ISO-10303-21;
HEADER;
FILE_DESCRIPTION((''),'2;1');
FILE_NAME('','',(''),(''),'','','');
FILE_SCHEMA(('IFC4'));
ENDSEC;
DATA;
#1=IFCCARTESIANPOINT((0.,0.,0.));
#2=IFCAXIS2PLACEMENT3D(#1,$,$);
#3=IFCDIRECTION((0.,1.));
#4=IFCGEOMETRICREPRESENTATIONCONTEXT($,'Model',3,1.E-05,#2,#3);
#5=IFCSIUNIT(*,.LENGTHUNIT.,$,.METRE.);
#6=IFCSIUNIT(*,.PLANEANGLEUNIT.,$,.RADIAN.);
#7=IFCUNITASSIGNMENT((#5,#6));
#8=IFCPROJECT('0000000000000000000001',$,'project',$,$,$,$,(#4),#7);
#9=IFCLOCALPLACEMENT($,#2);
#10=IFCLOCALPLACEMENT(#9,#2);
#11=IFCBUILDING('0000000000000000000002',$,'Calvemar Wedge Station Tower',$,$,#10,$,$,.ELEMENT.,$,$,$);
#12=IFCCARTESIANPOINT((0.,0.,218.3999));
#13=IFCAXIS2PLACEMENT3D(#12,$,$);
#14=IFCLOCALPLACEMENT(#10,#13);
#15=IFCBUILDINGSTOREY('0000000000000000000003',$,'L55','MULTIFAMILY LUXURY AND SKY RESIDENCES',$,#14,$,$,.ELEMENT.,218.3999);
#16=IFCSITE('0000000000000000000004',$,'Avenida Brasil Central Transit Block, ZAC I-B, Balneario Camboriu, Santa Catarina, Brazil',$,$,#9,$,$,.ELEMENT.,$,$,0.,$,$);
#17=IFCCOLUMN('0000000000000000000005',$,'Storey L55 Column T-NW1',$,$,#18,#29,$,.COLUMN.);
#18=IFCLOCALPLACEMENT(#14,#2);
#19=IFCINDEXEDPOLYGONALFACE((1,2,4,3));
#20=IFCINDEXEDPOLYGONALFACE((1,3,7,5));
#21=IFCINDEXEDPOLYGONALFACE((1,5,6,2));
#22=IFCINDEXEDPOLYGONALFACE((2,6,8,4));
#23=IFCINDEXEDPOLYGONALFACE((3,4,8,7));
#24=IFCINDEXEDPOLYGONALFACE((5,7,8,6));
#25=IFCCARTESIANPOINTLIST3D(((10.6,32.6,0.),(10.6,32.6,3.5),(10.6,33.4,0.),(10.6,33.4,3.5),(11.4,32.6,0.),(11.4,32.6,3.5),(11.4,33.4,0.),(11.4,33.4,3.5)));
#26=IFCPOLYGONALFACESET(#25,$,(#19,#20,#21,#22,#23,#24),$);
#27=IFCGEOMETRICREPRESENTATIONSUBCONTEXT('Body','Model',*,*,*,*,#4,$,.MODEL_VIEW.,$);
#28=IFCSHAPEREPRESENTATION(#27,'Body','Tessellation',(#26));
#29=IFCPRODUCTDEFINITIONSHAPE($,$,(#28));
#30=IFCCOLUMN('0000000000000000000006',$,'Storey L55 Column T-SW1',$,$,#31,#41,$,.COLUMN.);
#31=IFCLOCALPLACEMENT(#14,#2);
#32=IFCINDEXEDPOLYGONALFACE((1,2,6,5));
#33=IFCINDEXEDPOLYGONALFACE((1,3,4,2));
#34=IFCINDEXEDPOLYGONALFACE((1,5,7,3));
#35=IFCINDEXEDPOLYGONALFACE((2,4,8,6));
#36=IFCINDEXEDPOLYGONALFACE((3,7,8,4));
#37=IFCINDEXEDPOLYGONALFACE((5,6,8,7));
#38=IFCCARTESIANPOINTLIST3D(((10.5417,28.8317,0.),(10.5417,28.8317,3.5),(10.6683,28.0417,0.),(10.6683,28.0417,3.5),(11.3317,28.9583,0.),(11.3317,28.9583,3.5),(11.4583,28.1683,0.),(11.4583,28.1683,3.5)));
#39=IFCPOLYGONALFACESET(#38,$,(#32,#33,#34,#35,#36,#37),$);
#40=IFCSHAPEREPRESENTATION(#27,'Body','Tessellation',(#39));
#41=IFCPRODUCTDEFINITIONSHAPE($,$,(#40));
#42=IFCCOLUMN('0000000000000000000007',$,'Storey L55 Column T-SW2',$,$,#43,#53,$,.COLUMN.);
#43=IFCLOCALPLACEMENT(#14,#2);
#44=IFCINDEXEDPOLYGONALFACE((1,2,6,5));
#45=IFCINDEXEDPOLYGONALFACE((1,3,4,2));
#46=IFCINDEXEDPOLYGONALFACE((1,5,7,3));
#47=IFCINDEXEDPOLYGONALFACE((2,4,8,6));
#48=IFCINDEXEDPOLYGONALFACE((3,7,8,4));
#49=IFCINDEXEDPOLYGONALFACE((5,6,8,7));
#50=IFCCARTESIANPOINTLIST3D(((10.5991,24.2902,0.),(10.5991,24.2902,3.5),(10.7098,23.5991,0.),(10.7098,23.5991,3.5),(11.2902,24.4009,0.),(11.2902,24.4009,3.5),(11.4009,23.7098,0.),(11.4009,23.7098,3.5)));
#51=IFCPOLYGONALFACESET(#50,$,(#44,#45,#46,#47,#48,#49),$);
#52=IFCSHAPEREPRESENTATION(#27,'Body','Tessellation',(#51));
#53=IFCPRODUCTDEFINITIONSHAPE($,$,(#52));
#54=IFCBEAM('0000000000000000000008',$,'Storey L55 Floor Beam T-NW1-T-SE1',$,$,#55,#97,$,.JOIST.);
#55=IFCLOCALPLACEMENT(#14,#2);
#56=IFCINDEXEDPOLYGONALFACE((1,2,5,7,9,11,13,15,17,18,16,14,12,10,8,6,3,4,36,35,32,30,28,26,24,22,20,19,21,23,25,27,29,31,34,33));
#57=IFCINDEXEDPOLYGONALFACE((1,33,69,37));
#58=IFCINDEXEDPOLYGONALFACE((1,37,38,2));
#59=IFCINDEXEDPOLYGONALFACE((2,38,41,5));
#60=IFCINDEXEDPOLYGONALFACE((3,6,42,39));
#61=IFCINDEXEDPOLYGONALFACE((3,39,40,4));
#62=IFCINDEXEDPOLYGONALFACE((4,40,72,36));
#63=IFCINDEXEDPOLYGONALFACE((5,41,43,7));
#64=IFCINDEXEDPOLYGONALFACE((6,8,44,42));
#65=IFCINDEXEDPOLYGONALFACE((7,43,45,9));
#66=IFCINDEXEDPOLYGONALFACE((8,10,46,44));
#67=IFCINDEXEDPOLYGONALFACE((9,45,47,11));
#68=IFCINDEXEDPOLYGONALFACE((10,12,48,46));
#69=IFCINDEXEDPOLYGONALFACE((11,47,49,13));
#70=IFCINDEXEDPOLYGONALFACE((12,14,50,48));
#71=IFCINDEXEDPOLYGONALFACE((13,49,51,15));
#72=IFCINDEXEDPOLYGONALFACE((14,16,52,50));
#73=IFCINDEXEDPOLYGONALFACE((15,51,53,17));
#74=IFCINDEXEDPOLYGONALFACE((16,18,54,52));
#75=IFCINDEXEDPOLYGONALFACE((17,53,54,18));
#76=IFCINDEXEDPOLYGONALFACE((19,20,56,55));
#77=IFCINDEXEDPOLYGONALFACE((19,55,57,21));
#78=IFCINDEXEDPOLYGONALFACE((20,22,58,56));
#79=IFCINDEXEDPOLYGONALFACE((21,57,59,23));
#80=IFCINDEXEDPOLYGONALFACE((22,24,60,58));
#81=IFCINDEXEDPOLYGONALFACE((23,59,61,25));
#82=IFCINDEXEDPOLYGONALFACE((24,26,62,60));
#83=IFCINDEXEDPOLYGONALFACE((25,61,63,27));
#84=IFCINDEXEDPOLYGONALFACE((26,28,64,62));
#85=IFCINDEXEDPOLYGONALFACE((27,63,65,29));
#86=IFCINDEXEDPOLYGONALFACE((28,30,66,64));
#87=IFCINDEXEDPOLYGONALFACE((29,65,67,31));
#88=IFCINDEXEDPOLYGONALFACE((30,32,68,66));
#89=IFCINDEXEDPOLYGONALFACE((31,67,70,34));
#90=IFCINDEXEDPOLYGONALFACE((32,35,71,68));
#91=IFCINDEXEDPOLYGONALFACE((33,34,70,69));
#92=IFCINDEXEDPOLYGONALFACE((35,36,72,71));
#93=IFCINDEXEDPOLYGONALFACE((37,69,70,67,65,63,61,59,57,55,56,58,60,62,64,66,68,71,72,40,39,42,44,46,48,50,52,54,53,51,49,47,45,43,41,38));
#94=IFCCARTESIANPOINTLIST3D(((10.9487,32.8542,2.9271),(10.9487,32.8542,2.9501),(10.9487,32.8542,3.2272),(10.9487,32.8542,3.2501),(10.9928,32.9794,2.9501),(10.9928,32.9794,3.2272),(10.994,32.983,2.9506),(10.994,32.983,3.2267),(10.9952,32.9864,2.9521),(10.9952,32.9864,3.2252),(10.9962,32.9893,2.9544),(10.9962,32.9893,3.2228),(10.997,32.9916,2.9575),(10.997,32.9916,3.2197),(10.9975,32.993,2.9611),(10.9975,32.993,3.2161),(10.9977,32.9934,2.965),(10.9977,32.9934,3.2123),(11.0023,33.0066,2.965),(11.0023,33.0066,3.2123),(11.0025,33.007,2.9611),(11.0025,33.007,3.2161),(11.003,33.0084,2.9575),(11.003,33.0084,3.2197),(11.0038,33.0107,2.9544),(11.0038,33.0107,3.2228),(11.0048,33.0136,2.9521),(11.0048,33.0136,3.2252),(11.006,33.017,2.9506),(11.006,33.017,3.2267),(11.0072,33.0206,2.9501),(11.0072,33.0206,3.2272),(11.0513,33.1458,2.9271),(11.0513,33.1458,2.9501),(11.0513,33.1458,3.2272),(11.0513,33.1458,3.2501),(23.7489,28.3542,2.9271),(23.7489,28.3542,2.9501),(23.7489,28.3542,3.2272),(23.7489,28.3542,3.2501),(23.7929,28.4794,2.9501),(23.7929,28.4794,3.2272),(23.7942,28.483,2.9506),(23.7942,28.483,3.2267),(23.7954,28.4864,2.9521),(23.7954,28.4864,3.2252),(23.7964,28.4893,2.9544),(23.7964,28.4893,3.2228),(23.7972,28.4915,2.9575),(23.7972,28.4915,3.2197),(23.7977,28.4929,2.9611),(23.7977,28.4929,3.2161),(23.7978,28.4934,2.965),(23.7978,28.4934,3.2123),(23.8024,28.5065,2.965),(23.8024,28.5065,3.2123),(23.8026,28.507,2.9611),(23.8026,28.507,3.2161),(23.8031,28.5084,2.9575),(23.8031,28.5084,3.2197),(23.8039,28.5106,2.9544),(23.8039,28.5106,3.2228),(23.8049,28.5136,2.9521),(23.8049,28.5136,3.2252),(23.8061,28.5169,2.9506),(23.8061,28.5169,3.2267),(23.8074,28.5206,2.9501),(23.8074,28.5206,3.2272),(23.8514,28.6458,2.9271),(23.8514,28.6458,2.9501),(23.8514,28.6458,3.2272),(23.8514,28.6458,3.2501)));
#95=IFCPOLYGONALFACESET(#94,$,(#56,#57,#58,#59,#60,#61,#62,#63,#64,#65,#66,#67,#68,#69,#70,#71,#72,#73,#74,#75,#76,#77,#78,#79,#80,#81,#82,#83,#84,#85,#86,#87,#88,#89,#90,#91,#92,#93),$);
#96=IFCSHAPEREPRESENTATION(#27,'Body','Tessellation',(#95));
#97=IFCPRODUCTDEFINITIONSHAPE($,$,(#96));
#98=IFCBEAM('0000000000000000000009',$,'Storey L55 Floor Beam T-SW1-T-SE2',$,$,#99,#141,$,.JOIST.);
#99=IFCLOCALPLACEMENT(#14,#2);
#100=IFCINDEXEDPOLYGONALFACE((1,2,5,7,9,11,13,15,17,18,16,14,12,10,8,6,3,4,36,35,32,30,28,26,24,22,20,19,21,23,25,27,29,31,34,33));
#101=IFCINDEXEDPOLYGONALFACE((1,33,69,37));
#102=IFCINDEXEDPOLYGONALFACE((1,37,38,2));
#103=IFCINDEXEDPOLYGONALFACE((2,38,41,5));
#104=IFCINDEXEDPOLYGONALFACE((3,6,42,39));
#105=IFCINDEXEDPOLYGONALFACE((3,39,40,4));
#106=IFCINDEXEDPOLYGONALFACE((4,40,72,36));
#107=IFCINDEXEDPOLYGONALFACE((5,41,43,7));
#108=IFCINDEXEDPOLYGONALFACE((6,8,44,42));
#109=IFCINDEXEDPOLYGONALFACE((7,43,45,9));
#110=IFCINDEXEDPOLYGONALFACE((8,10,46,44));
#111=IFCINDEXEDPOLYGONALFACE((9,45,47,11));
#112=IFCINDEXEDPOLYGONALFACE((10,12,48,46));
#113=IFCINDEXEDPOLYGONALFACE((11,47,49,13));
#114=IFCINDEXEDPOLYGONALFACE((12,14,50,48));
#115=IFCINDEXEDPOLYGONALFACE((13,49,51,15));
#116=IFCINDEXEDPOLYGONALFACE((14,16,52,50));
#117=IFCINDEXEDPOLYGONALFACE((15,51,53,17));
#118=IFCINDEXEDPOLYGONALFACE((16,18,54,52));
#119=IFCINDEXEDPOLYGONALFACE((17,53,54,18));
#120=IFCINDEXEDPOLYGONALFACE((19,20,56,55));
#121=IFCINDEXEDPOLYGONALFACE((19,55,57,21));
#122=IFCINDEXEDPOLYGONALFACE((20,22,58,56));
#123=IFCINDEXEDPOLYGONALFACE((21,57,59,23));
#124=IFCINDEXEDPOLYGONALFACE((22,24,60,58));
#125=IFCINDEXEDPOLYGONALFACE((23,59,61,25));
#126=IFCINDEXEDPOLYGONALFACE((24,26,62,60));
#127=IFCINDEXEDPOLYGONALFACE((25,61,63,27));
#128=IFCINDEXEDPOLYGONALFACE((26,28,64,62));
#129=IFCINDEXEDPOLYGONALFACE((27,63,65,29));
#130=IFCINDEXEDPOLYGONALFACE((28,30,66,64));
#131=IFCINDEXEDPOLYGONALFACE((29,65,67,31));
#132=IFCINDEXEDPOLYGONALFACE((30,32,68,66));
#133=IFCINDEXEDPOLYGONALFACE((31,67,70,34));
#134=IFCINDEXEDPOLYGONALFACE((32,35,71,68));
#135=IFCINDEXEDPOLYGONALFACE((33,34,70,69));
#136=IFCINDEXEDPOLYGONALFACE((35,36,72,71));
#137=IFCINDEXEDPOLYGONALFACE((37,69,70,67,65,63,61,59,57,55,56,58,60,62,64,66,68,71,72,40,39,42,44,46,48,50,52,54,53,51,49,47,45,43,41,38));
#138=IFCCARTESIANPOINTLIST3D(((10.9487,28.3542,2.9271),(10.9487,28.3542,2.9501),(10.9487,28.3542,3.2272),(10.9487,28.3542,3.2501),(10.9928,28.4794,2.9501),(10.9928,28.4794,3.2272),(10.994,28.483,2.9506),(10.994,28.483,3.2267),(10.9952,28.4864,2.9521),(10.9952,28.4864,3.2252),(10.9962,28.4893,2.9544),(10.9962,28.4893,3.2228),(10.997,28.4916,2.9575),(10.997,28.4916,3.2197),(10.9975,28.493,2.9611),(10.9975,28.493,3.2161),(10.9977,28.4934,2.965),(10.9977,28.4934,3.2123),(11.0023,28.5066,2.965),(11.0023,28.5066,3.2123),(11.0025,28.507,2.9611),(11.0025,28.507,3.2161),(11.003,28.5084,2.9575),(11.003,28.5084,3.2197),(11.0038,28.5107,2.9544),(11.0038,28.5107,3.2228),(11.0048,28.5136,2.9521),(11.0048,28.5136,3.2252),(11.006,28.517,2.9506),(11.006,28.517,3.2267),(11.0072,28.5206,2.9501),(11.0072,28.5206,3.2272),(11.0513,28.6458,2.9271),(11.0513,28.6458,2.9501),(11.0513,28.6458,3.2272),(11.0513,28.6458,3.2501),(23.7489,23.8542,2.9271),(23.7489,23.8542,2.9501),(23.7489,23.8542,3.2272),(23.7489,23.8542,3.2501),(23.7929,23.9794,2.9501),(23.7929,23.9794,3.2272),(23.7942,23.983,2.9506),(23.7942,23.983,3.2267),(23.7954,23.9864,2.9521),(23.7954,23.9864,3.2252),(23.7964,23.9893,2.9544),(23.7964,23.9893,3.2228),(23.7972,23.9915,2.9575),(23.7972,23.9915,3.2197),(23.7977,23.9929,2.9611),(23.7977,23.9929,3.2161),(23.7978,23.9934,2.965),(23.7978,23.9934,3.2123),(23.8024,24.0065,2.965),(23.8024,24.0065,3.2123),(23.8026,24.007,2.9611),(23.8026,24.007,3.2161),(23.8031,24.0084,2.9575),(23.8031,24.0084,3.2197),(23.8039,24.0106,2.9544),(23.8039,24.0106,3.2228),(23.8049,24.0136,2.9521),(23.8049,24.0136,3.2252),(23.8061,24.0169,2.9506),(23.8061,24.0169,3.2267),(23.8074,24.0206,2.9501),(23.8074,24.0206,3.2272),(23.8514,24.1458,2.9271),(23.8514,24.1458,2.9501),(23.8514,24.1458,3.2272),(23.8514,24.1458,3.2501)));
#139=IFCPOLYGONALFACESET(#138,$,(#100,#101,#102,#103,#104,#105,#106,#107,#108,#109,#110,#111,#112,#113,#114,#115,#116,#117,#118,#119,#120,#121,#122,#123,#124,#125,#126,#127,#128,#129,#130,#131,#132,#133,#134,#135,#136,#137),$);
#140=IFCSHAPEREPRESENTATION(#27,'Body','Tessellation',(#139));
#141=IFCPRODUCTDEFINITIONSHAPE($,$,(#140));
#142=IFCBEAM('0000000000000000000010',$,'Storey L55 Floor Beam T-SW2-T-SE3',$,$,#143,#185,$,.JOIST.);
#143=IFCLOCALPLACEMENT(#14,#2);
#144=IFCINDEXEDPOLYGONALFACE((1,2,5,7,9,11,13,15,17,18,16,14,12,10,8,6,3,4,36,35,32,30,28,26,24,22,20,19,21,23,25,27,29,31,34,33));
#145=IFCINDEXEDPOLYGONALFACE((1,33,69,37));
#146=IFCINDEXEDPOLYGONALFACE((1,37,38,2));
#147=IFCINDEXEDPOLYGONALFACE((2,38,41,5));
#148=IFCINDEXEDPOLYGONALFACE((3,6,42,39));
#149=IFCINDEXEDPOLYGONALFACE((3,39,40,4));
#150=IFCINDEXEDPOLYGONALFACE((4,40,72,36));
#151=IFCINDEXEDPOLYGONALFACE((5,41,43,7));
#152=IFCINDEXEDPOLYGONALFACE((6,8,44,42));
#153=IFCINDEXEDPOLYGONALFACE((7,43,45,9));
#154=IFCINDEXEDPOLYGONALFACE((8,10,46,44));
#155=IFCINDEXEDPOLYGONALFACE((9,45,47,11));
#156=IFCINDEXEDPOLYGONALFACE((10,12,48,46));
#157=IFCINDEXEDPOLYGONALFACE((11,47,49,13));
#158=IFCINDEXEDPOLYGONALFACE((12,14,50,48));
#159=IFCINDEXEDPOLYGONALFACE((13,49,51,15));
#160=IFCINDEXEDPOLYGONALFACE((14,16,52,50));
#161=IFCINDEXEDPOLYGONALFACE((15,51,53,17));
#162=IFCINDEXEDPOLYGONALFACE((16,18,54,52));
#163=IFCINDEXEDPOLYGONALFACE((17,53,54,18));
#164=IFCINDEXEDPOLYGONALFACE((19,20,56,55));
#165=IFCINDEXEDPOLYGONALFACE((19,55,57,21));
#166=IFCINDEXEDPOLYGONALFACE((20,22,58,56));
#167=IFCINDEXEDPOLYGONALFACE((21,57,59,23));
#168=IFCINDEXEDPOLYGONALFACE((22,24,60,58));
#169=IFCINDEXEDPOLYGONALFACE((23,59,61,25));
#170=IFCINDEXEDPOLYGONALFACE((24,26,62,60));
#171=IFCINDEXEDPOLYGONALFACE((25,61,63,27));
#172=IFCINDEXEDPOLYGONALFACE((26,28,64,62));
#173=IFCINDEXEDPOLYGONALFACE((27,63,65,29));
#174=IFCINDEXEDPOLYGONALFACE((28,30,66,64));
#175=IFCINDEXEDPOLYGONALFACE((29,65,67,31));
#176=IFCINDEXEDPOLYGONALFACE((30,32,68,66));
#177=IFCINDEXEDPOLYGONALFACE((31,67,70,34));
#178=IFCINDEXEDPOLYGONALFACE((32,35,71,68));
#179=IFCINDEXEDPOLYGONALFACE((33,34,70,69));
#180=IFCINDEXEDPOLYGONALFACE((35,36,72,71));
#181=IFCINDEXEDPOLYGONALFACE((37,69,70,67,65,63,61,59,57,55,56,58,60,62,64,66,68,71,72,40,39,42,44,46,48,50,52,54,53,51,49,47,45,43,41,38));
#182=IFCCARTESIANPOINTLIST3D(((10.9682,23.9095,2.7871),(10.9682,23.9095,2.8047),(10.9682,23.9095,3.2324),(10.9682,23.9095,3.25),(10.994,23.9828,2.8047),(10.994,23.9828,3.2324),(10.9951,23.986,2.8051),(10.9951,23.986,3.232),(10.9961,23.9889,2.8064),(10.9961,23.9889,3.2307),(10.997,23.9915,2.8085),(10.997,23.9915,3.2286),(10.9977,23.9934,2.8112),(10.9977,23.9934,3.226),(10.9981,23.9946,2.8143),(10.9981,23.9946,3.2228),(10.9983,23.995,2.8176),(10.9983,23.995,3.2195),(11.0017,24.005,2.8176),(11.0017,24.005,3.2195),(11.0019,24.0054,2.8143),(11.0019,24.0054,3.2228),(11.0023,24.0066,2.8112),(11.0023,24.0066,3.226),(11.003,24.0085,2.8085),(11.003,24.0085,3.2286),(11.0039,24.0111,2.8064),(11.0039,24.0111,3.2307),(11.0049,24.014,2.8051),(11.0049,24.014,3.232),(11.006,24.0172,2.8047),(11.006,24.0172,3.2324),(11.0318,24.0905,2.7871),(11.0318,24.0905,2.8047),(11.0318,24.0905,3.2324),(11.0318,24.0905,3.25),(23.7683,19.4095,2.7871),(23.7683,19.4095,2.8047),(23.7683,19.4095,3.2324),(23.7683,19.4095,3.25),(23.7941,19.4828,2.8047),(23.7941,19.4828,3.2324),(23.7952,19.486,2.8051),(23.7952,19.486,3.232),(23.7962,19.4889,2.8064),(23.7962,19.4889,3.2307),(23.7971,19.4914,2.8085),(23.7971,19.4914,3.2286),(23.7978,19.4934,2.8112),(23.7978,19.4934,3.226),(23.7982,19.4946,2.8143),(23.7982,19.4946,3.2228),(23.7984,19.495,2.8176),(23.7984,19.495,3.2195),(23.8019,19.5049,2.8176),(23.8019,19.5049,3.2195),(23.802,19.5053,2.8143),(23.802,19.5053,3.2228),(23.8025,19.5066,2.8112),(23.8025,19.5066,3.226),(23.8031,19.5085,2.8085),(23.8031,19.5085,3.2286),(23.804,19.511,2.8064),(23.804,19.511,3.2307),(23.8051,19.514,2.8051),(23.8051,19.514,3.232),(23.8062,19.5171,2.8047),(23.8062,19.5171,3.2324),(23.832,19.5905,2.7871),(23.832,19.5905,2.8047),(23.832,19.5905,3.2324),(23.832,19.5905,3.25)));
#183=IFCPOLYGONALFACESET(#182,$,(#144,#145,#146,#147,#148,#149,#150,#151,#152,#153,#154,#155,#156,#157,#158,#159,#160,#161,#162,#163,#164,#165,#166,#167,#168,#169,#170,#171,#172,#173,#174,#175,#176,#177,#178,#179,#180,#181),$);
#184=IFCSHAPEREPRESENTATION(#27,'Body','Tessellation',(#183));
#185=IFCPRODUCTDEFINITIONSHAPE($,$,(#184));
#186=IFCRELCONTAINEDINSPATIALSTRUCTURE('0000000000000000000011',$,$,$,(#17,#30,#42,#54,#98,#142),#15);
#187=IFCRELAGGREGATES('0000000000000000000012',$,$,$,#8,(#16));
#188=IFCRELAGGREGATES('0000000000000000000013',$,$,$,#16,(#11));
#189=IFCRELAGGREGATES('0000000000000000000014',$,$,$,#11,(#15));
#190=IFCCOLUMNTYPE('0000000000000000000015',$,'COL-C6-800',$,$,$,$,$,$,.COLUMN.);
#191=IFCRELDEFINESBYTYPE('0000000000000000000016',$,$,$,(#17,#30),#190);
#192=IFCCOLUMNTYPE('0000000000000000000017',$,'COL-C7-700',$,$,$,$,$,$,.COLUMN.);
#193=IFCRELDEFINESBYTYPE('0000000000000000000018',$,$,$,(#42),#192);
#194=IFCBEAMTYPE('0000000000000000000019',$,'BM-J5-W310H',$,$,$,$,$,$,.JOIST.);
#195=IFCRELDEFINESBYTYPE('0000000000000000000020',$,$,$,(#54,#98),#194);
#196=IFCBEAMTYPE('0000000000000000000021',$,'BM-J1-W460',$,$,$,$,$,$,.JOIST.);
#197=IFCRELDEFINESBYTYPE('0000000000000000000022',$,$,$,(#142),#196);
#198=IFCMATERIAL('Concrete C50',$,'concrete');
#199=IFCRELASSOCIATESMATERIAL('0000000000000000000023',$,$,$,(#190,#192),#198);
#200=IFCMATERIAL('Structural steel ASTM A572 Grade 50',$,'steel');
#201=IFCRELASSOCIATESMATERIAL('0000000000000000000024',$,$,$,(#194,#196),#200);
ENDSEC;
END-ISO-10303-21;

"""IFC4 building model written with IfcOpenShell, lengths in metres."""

from ifc_helpers import new_model, si_unit, direction, frame, origin, origin_2d, place, context, subcontext, project, spatial, rectangle, i_section, extrude, source, transform, mapped, material, material_profile, profile_set, type_object, element, save


model = new_model("IFC4")

# Units and contexts
model_context = context("Model", 3, precision=1e-05, world=origin(), true_north=direction((0.0, 1.0)))
body_context = subcontext(model_context, "Body", "Model", "MODEL_VIEW")
ifc_project = project(units=[si_unit("LENGTHUNIT", "METRE"), si_unit("PLANEANGLEUNIT", "RADIAN")], contexts=[model_context])

# Site, building, storey
site_placement = place(None, origin())
site = spatial("IfcSite", under=ifc_project, at=site_placement, Name="Avenida Brasil Central Transit Block, ZAC I-B, Balneario Camboriu, Santa Catarina, Brazil", CompositionType="ELEMENT", RefElevation=0.0)
building_placement = place(site_placement, origin())
building = spatial("IfcBuilding", under=site, at=building_placement, Name="Calvemar Wedge Station Tower", CompositionType="ELEMENT")
storey_placement = place(building_placement, frame((0.0, 0.0, 218.3999)))
storey = spatial("IfcBuildingStorey", under=building, at=storey_placement, Name="L55", Description="MULTIFAMILY LUXURY AND SKY RESIDENCES", CompositionType="ELEMENT", Elevation=218.3999)

# Columns
ifc_material_1 = material(Name="Concrete C50", Category="concrete")
ifc_material_profile_1 = material_profile(ifc_material_1, rectangle(XDim=0.8, YDim=0.8, at=origin_2d()), Name="RC800x800")
ifc_profile_set_1 = profile_set([ifc_material_profile_1], Name="Concrete C50")
column_type_1 = type_object("IfcColumnType", Name="COL-C6-800", PredefinedType="COLUMN", material=ifc_profile_set_1)
shared_shape_1 = source(origin(), body_context, "Body", "SweptSolid", [
    extrude(rectangle(XDim=0.8, YDim=0.8, at=origin_2d()), origin(), (0.0, 0.0, 1.0), 3.5),
])
for number, where, z_axis, x_axis, name in (
    (1, (11.0, 33.0, 0.0), (0.0, 0.0, 1.0), (1.0, 0.0, 0.0), "Storey L55 Column T-NW1"),
    (2, (11.0, 28.5, 0.0), (0.0, 0.0, 1.0), (0.158158, -0.987414, 0.0), "Storey L55 Column T-SW1"),
):
    element("IfcColumn", number, at=place(storey_placement, frame(where, z_axis=z_axis, x_axis=x_axis)), inside=storey, type_object=column_type_1, Name=name, PredefinedType="COLUMN", context=body_context, shape_type="MappedRepresentation", body=[
        mapped(shared_shape_1, transform((0.0, 0.0, 0.0), scale=1.0)),
    ])
ifc_material_profile_2 = material_profile(ifc_material_1, rectangle(XDim=0.7, YDim=0.7, at=origin_2d()), Name="RC700x700")
ifc_profile_set_2 = profile_set([ifc_material_profile_2], Name="Concrete C50")
column_type_2 = type_object("IfcColumnType", Name="COL-C7-700", PredefinedType="COLUMN", material=ifc_profile_set_2)
shared_shape_2 = source(origin(), body_context, "Body", "SweptSolid", [
    extrude(rectangle(XDim=0.7, YDim=0.7, at=origin_2d()), origin(), (0.0, 0.0, 1.0), 3.5),
])
column_placement = place(storey_placement, frame((11.0, 24.0, 0.0), z_axis=(0.0, 0.0, 1.0), x_axis=(0.158158, -0.987414, 0.0)))
element("IfcColumn", 3, at=column_placement, inside=storey, type_object=column_type_2, Name="Storey L55 Column T-SW2", PredefinedType="COLUMN", context=body_context, shape_type="MappedRepresentation", body=[
    mapped(shared_shape_2, transform((0.0, 0.0, 0.0), scale=1.0)),
])

# Beams
ifc_material_2 = material(Name="Structural steel ASTM A572 Grade 50", Category="steel")
ifc_material_profile_3 = material_profile(ifc_material_2, i_section(OverallWidth=0.3091, OverallDepth=0.323, WebThickness=0.0139, FlangeThickness=0.0229, FilletRadius=0.0149, at=origin_2d()), Name="W310x143")
ifc_profile_set_3 = profile_set([ifc_material_profile_3], Name="Structural steel ASTM A572 Grade 50")
beam_type_1 = type_object("IfcBeamType", Name="BM-J5-W310H", PredefinedType="JOIST", material=ifc_profile_set_3)
shared_shape_3 = source(origin(), body_context, "Body", "SweptSolid", [
    extrude(i_section(OverallWidth=0.3091, OverallDepth=0.323, WebThickness=0.0139, FlangeThickness=0.0229, FilletRadius=0.0149, at=origin_2d()), origin(), (0.0, 0.0, 1.0), 13.5681),
])
for number, where, z_axis, x_axis, name in (
    (4, (11.0, 33.0, 3.0886), (0.943398, -0.331662, 0.0), (0.331662, 0.943398, 0.0), "Storey L55 Floor Beam T-NW1-T-SE1"),
    (5, (11.0, 28.5, 3.0886), (0.943398, -0.331662, 0.0), (0.331662, 0.943398, 0.0), "Storey L55 Floor Beam T-SW1-T-SE2"),
):
    element("IfcBeam", number, at=place(storey_placement, frame(where, z_axis=z_axis, x_axis=x_axis)), inside=storey, type_object=beam_type_1, Name=name, PredefinedType="JOIST", context=body_context, shape_type="MappedRepresentation", body=[
        mapped(shared_shape_3, transform((0.0, 0.0, 0.0), scale=1.0)),
    ])
ifc_material_profile_4 = material_profile(ifc_material_2, i_section(OverallWidth=0.1919, OverallDepth=0.4629, WebThickness=0.0105, FlangeThickness=0.0176, FilletRadius=0.0129, at=origin_2d()), Name="W460x89")
ifc_profile_set_4 = profile_set([ifc_material_profile_4], Name="Structural steel ASTM A572 Grade 50")
beam_type_2 = type_object("IfcBeamType", Name="BM-J1-W460", PredefinedType="JOIST", material=ifc_profile_set_4)
shared_shape_4 = source(origin(), body_context, "Body", "SweptSolid", [
    extrude(i_section(OverallWidth=0.1919, OverallDepth=0.4629, WebThickness=0.0105, FlangeThickness=0.0176, FilletRadius=0.0129, at=origin_2d()), origin(), (0.0, 0.0, 1.0), 13.5681),
])
beam_1_placement = place(storey_placement, frame((11.0, 24.0, 3.0186), z_axis=(0.943398, -0.331662, 0.0), x_axis=(0.331662, 0.943398, 0.0)))
element("IfcBeam", 6, at=beam_1_placement, inside=storey, type_object=beam_type_2, Name="Storey L55 Floor Beam T-SW2-T-SE3", PredefinedType="JOIST", context=body_context, shape_type="MappedRepresentation", body=[
    mapped(shared_shape_4, transform((0.0, 0.0, 0.0), scale=1.0)),
])

save(model, "model.ifc")
